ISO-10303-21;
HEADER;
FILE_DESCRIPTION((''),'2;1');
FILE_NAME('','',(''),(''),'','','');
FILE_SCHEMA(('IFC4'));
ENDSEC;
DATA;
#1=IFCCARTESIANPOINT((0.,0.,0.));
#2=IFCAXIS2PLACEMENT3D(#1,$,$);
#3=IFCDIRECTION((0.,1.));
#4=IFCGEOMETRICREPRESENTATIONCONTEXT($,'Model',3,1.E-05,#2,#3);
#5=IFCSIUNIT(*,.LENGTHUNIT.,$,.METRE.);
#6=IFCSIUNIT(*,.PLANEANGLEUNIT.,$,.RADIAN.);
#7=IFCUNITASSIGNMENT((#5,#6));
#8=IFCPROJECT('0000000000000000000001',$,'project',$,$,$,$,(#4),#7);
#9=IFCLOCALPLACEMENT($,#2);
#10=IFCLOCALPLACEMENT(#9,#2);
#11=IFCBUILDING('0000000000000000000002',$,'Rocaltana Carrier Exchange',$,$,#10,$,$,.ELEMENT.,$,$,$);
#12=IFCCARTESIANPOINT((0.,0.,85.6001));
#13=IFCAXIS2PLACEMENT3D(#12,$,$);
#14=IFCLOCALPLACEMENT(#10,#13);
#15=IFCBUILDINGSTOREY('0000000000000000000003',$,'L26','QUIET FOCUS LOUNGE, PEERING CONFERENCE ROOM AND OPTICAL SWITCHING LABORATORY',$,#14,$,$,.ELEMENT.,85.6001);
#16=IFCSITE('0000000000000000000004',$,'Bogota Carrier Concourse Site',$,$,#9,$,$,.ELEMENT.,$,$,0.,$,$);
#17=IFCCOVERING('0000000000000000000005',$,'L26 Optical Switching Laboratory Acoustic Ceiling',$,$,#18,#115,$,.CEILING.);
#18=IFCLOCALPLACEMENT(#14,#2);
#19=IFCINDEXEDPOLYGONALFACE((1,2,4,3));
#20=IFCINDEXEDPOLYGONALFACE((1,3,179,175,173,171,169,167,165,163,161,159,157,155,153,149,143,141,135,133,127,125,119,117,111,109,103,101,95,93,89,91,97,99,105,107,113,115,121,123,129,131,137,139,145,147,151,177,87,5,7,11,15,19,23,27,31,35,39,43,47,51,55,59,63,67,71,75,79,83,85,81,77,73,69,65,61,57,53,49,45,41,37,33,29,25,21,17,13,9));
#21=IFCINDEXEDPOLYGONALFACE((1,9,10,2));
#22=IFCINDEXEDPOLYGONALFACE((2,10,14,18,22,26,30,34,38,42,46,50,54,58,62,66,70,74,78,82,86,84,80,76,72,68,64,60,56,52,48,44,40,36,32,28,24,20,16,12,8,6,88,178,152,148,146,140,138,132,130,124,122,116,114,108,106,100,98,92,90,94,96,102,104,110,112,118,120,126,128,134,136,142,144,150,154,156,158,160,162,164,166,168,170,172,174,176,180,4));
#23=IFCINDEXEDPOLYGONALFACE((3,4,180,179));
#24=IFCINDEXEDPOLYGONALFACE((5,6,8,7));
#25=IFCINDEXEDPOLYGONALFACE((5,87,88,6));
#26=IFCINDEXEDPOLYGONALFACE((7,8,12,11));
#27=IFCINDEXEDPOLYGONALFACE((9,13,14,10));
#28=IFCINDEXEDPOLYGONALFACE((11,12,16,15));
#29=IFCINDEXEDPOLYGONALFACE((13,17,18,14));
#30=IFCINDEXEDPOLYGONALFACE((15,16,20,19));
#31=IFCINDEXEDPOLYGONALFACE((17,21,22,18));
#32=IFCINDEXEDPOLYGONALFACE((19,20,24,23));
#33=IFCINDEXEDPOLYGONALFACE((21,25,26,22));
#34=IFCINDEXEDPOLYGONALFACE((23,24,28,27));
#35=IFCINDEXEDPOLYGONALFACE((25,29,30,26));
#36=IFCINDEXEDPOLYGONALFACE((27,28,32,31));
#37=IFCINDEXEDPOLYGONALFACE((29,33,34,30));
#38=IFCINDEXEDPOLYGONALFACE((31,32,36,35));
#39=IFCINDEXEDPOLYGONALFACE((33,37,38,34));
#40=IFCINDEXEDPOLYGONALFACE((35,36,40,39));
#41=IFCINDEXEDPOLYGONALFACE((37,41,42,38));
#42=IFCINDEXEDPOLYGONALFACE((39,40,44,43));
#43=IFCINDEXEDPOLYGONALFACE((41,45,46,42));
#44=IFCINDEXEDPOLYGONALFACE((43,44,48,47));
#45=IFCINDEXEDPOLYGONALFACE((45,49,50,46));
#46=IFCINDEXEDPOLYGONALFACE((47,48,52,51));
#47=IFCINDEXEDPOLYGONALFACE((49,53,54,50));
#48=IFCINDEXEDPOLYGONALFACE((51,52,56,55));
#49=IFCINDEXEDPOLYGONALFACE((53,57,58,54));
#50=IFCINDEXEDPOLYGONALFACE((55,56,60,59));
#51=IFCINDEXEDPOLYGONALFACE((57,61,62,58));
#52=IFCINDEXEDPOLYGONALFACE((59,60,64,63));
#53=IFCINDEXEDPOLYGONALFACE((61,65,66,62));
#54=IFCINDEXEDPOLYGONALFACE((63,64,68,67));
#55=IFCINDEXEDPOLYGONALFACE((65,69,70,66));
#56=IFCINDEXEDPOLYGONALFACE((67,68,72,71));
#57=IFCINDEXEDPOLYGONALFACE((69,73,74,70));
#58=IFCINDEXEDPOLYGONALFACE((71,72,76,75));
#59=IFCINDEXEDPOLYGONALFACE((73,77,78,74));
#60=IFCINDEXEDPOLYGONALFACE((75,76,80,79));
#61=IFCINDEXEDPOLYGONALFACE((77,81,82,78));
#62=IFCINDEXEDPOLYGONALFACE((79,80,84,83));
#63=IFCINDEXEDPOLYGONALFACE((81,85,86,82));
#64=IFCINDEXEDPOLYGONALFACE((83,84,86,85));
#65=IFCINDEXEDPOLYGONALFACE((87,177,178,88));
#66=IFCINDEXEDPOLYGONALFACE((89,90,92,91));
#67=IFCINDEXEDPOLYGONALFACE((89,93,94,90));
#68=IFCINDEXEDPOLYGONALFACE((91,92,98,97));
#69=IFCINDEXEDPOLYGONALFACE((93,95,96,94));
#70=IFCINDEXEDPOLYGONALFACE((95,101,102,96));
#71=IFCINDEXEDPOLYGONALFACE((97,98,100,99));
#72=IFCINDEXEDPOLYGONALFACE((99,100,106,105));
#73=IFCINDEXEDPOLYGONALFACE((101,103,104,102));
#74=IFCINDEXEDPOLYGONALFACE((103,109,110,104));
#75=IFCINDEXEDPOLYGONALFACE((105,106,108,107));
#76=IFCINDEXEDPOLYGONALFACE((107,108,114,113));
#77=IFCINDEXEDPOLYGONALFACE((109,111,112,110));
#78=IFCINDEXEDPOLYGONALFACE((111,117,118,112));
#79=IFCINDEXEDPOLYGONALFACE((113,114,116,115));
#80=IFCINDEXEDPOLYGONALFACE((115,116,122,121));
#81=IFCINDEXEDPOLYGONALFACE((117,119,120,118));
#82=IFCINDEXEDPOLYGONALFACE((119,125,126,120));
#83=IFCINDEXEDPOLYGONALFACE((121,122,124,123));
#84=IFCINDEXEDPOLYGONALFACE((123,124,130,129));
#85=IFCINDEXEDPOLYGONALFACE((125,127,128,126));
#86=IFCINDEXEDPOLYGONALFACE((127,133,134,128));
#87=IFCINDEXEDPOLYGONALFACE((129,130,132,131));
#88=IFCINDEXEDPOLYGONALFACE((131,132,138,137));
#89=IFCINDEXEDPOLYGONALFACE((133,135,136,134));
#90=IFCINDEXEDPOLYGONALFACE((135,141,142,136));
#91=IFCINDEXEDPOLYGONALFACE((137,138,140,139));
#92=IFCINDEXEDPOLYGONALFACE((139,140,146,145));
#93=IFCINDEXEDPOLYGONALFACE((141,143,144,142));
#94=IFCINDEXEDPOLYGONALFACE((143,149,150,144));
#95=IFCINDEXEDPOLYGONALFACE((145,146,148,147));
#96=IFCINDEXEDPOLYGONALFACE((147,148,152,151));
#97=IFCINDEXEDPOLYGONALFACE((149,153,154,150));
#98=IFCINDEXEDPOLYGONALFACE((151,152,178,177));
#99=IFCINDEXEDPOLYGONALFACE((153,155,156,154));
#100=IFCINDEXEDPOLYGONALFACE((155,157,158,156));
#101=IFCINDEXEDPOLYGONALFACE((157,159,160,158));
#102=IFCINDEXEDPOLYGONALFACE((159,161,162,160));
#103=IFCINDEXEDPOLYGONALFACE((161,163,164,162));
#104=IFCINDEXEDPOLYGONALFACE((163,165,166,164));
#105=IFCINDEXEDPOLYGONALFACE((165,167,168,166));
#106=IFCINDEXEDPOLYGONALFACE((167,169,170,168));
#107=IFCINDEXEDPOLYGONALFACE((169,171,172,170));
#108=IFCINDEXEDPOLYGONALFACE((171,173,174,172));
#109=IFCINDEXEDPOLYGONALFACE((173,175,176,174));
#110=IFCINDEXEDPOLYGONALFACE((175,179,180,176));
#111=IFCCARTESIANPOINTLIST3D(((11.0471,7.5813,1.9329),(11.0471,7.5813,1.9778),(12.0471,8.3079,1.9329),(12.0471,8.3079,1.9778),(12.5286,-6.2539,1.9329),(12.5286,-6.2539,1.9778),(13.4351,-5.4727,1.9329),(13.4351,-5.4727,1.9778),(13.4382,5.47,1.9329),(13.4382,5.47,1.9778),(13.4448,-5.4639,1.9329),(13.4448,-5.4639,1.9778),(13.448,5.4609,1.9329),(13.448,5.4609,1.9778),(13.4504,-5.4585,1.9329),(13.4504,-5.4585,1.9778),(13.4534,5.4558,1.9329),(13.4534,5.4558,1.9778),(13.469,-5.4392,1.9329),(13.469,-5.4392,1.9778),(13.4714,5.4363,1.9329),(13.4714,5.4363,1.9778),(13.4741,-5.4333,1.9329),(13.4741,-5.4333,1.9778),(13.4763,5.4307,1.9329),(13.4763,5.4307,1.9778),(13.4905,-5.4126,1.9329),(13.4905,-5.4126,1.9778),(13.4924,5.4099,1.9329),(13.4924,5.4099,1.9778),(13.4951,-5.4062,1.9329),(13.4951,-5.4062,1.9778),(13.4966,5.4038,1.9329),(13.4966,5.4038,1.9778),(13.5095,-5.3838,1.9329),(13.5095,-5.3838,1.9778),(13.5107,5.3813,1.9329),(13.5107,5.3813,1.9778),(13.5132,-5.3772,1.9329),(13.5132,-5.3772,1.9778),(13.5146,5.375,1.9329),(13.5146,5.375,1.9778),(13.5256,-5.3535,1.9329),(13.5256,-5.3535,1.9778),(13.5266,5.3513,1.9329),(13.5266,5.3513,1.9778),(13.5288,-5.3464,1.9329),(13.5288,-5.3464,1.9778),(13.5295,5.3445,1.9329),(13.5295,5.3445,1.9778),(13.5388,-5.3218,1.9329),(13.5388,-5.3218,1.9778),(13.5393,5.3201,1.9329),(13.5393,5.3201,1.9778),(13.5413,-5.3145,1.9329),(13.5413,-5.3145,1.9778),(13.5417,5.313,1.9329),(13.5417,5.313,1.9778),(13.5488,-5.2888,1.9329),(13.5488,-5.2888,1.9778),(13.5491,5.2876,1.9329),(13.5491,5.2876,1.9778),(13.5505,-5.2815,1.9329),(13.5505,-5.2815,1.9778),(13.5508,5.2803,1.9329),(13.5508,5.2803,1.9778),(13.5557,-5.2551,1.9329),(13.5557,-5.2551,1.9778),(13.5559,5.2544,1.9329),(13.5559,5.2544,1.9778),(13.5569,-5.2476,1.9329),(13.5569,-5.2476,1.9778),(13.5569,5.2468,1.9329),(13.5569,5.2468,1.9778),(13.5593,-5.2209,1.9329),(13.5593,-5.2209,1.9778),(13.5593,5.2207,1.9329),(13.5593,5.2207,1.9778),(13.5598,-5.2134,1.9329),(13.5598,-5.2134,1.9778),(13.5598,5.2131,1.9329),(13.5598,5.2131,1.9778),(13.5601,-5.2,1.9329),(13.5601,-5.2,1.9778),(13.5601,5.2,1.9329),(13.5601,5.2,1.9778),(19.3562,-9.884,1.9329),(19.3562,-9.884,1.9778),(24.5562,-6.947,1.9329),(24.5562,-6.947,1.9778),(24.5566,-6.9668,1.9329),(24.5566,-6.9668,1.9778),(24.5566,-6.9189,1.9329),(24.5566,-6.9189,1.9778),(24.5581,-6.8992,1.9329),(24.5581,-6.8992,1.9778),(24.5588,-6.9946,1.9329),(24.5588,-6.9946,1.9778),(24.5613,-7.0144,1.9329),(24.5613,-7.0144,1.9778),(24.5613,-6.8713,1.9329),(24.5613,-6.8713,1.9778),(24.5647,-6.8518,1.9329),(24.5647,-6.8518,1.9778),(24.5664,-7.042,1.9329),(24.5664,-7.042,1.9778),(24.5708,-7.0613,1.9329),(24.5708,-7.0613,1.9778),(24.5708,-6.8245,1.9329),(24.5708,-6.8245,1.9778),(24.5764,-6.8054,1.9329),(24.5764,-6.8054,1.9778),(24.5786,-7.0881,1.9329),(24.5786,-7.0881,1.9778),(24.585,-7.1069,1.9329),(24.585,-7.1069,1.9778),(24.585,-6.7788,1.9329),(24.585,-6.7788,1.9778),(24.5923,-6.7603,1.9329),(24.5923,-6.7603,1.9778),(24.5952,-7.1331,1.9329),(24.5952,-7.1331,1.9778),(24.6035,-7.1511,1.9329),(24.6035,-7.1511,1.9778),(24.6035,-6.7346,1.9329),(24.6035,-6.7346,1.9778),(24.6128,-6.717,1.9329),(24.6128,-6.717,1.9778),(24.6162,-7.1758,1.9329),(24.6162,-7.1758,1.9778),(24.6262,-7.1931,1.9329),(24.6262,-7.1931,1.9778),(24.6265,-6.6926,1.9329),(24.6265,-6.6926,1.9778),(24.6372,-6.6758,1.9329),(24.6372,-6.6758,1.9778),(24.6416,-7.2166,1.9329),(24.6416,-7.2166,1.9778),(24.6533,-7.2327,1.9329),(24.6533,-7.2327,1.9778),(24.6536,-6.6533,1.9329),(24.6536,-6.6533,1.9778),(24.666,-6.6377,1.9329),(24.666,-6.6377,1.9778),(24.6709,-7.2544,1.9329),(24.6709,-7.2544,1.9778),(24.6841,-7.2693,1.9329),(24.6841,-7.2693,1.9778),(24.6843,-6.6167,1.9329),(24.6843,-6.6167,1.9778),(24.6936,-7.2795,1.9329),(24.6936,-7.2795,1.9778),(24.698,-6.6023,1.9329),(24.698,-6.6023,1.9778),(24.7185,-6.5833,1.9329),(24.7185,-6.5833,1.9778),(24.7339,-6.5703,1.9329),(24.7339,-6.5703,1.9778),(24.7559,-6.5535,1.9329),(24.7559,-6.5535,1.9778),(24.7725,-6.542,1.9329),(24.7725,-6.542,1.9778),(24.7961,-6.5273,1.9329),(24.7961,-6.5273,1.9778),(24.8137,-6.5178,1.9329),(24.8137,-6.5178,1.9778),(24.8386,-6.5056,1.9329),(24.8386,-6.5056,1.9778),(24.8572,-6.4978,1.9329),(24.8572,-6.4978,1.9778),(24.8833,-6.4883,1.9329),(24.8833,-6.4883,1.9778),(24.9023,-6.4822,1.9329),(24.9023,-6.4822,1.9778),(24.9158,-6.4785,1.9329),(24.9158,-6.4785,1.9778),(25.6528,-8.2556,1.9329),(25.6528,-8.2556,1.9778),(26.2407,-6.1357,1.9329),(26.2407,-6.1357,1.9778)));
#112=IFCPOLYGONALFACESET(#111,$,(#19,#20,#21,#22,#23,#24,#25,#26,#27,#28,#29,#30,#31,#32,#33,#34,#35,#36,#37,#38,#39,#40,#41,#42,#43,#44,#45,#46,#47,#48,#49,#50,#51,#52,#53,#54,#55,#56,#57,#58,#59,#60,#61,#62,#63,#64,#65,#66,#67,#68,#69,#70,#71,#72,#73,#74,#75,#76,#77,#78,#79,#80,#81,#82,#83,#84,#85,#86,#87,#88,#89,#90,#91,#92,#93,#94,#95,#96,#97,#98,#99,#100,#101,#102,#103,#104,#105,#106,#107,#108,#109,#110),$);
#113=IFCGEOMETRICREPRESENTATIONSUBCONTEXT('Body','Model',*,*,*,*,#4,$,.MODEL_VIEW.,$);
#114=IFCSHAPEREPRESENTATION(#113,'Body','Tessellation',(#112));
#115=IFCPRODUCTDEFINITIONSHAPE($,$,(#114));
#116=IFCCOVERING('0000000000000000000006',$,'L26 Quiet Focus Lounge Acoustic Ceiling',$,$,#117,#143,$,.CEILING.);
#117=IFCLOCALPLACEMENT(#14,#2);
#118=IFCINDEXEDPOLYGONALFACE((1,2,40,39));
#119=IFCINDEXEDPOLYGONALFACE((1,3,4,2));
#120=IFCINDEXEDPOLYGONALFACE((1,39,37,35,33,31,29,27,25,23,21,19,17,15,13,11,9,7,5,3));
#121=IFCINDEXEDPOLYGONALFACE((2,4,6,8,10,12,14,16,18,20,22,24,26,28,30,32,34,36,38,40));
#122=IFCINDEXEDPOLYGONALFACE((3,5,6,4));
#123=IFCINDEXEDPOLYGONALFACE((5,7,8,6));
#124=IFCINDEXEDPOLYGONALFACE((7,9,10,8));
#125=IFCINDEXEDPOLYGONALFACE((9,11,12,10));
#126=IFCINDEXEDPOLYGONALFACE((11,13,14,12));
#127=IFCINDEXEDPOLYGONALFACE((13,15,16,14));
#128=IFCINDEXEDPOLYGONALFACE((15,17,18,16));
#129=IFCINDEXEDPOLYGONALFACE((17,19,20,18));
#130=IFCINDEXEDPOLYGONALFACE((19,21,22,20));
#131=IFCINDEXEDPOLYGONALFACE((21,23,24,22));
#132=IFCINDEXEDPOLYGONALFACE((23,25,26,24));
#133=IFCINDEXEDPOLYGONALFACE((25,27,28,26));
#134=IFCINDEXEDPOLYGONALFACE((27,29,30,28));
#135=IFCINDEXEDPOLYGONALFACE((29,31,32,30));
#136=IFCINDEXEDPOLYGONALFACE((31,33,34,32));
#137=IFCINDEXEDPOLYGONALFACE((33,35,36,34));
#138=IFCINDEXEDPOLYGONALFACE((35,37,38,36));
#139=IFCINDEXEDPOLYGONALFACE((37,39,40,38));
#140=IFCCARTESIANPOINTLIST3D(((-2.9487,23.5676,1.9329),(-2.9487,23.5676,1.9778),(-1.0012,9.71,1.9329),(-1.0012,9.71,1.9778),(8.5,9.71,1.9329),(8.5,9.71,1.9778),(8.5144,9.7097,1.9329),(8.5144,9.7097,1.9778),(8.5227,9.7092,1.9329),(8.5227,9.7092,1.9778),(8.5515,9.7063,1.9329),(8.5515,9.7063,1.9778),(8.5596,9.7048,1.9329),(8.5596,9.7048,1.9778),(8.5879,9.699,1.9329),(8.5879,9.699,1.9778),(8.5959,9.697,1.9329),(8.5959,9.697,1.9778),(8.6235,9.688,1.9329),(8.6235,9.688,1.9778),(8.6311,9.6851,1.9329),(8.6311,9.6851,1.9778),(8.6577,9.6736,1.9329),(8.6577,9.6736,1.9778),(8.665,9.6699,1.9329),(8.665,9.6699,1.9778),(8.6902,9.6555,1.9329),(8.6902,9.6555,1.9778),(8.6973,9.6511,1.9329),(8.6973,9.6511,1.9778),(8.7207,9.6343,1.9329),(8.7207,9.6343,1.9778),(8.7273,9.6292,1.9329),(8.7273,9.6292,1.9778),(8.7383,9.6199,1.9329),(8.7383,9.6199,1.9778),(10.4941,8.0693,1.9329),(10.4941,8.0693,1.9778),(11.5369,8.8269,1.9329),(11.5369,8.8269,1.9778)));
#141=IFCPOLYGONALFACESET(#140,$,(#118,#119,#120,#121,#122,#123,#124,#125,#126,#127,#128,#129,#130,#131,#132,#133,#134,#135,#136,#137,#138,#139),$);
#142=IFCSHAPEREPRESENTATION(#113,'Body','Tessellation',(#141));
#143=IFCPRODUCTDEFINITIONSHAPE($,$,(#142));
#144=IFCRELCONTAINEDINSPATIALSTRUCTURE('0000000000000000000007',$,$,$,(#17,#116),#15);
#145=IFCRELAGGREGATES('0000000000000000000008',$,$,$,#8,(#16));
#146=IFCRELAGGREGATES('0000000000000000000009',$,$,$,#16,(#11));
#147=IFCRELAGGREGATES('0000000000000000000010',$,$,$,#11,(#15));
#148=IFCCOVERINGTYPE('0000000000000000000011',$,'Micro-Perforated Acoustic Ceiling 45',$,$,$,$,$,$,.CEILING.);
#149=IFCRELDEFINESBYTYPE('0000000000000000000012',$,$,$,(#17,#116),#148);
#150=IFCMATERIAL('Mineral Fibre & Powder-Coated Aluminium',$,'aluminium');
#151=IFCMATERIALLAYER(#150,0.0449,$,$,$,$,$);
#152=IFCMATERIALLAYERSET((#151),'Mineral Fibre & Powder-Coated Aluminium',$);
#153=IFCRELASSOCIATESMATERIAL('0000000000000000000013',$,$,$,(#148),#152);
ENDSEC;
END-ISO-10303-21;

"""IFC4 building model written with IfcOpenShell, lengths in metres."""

from ifc_helpers import new_model, si_unit, direction, frame, origin, place, context, subcontext, project, spatial, polyline, outline, extrude, material, layer, layer_set, type_object, element, save


model = new_model("IFC4")

# Units and contexts
model_context = context("Model", 3, precision=1e-05, world=origin(), true_north=direction((0.0, 1.0)))
body_context = subcontext(model_context, "Body", "Model", "MODEL_VIEW")
ifc_project = project(units=[si_unit("LENGTHUNIT", "METRE"), si_unit("PLANEANGLEUNIT", "RADIAN")], contexts=[model_context])

# Site, building, storey
site_placement = place(None, origin())
site = spatial("IfcSite", under=ifc_project, at=site_placement, Name="Bogota Carrier Concourse Site", CompositionType="ELEMENT", RefElevation=0.0)
building_placement = place(site_placement, origin())
building = spatial("IfcBuilding", under=site, at=building_placement, Name="Rocaltana Carrier Exchange", CompositionType="ELEMENT")
storey_placement = place(building_placement, frame((0.0, 0.0, 85.6001)))
storey = spatial("IfcBuildingStorey", under=building, at=storey_placement, Name="L26", Description="QUIET FOCUS LOUNGE, PEERING CONFERENCE ROOM AND OPTICAL SWITCHING LABORATORY", CompositionType="ELEMENT", Elevation=85.6001)

# Coverings
ifc_material_1 = material(Name="Mineral Fibre & Powder-Coated Aluminium", Category="aluminium")
ifc_layer_1 = layer(ifc_material_1, 0.0449)
ifc_layer_set_1 = layer_set([ifc_layer_1], Name="Mineral Fibre & Powder-Coated Aluminium")
covering_type_1 = type_object("IfcCoveringType", Name="Micro-Perforated Acoustic Ceiling 45", PredefinedType="CEILING", material=ifc_layer_set_1)
covering_1_placement = place(storey_placement, frame((0.0, 0.0, 1.9329)))
element("IfcCovering", 1, at=covering_1_placement, inside=storey, type_object=covering_type_1, Name="L26 Optical Switching Laboratory Acoustic Ceiling", PredefinedType="CEILING", context=body_context, shape_type="SweptSolid", body=[
    extrude(outline(polyline([(26.2407, -6.1357), (24.9158, -6.4785), (24.9023, -6.4822), (24.8833, -6.4883), (24.8572, -6.4978), (24.8386, -6.5056), (24.8137, -6.5178), (24.7961, -6.5273), (24.7725, -6.542), (24.7559, -6.5535), (24.7339, -6.5703), (24.7185, -6.5833), (24.698, -6.6023), (24.6843, -6.6167), (24.666, -6.6377), (24.6536, -6.6533), (24.6372, -6.6758), (24.6265, -6.6926), (24.6128, -6.717), (24.6035, -6.7346), (24.5923, -6.7603), (24.585, -6.7788), (24.5764, -6.8054), (24.5708, -6.8245), (24.5647, -6.8518), (24.5613, -6.8713), (24.5581, -6.8992), (24.5566, -6.9189), (24.5562, -6.947), (24.5566, -6.9668), (24.5588, -6.9946), (24.5613, -7.0144), (24.5664, -7.042), (24.5708, -7.0613), (24.5786, -7.0881), (24.585, -7.1069), (24.5952, -7.1331), (24.6035, -7.1511), (24.6162, -7.1758), (24.6262, -7.1931), (24.6416, -7.2166), (24.6533, -7.2327), (24.6709, -7.2544), (24.6841, -7.2693), (24.6936, -7.2795), (25.6528, -8.2556), (19.3562, -9.884), (12.5286, -6.2539), (13.4351, -5.4727), (13.4448, -5.4639), (13.4504, -5.4585), (13.469, -5.4392), (13.4741, -5.4333), (13.4905, -5.4126), (13.4951, -5.4062), (13.5095, -5.3838), (13.5132, -5.3772), (13.5256, -5.3535), (13.5288, -5.3464), (13.5388, -5.3218), (13.5413, -5.3145), (13.5488, -5.2888), (13.5505, -5.2815), (13.5557, -5.2551), (13.5569, -5.2476), (13.5593, -5.2209), (13.5598, -5.2134), (13.5601, -5.2), (13.5601, 5.2), (13.5598, 5.2131), (13.5593, 5.2207), (13.5569, 5.2468), (13.5559, 5.2544), (13.5508, 5.2803), (13.5491, 5.2876), (13.5417, 5.313), (13.5393, 5.3201), (13.5295, 5.3445), (13.5266, 5.3513), (13.5146, 5.375), (13.5107, 5.3813), (13.4966, 5.4038), (13.4924, 5.4099), (13.4763, 5.4307), (13.4714, 5.4363), (13.4534, 5.4558), (13.448, 5.4609), (13.4382, 5.47), (11.0471, 7.5813), (12.0471, 8.3079), (26.2407, -6.1357)])), origin(), (0.0, 0.0, 1.0), 0.0449),
])
covering_2_placement = place(storey_placement, frame((0.0, 0.0, 1.9329)))
element("IfcCovering", 2, at=covering_2_placement, inside=storey, type_object=covering_type_1, Name="L26 Quiet Focus Lounge Acoustic Ceiling", PredefinedType="CEILING", context=body_context, shape_type="SweptSolid", body=[
    extrude(outline(polyline([(11.5369, 8.8269), (10.4941, 8.0693), (8.7383, 9.6199), (8.7273, 9.6292), (8.7207, 9.6343), (8.6973, 9.6511), (8.6902, 9.6555), (8.665, 9.6699), (8.6577, 9.6736), (8.6311, 9.6851), (8.6235, 9.688), (8.5959, 9.697), (8.5879, 9.699), (8.5596, 9.7048), (8.5515, 9.7063), (8.5227, 9.7092), (8.5144, 9.7097), (8.5, 9.71), (-1.0012, 9.71), (-2.9487, 23.5676), (11.5369, 8.8269)])), origin(), (0.0, 0.0, 1.0), 0.0449),
])

save(model, "model.ifc")
